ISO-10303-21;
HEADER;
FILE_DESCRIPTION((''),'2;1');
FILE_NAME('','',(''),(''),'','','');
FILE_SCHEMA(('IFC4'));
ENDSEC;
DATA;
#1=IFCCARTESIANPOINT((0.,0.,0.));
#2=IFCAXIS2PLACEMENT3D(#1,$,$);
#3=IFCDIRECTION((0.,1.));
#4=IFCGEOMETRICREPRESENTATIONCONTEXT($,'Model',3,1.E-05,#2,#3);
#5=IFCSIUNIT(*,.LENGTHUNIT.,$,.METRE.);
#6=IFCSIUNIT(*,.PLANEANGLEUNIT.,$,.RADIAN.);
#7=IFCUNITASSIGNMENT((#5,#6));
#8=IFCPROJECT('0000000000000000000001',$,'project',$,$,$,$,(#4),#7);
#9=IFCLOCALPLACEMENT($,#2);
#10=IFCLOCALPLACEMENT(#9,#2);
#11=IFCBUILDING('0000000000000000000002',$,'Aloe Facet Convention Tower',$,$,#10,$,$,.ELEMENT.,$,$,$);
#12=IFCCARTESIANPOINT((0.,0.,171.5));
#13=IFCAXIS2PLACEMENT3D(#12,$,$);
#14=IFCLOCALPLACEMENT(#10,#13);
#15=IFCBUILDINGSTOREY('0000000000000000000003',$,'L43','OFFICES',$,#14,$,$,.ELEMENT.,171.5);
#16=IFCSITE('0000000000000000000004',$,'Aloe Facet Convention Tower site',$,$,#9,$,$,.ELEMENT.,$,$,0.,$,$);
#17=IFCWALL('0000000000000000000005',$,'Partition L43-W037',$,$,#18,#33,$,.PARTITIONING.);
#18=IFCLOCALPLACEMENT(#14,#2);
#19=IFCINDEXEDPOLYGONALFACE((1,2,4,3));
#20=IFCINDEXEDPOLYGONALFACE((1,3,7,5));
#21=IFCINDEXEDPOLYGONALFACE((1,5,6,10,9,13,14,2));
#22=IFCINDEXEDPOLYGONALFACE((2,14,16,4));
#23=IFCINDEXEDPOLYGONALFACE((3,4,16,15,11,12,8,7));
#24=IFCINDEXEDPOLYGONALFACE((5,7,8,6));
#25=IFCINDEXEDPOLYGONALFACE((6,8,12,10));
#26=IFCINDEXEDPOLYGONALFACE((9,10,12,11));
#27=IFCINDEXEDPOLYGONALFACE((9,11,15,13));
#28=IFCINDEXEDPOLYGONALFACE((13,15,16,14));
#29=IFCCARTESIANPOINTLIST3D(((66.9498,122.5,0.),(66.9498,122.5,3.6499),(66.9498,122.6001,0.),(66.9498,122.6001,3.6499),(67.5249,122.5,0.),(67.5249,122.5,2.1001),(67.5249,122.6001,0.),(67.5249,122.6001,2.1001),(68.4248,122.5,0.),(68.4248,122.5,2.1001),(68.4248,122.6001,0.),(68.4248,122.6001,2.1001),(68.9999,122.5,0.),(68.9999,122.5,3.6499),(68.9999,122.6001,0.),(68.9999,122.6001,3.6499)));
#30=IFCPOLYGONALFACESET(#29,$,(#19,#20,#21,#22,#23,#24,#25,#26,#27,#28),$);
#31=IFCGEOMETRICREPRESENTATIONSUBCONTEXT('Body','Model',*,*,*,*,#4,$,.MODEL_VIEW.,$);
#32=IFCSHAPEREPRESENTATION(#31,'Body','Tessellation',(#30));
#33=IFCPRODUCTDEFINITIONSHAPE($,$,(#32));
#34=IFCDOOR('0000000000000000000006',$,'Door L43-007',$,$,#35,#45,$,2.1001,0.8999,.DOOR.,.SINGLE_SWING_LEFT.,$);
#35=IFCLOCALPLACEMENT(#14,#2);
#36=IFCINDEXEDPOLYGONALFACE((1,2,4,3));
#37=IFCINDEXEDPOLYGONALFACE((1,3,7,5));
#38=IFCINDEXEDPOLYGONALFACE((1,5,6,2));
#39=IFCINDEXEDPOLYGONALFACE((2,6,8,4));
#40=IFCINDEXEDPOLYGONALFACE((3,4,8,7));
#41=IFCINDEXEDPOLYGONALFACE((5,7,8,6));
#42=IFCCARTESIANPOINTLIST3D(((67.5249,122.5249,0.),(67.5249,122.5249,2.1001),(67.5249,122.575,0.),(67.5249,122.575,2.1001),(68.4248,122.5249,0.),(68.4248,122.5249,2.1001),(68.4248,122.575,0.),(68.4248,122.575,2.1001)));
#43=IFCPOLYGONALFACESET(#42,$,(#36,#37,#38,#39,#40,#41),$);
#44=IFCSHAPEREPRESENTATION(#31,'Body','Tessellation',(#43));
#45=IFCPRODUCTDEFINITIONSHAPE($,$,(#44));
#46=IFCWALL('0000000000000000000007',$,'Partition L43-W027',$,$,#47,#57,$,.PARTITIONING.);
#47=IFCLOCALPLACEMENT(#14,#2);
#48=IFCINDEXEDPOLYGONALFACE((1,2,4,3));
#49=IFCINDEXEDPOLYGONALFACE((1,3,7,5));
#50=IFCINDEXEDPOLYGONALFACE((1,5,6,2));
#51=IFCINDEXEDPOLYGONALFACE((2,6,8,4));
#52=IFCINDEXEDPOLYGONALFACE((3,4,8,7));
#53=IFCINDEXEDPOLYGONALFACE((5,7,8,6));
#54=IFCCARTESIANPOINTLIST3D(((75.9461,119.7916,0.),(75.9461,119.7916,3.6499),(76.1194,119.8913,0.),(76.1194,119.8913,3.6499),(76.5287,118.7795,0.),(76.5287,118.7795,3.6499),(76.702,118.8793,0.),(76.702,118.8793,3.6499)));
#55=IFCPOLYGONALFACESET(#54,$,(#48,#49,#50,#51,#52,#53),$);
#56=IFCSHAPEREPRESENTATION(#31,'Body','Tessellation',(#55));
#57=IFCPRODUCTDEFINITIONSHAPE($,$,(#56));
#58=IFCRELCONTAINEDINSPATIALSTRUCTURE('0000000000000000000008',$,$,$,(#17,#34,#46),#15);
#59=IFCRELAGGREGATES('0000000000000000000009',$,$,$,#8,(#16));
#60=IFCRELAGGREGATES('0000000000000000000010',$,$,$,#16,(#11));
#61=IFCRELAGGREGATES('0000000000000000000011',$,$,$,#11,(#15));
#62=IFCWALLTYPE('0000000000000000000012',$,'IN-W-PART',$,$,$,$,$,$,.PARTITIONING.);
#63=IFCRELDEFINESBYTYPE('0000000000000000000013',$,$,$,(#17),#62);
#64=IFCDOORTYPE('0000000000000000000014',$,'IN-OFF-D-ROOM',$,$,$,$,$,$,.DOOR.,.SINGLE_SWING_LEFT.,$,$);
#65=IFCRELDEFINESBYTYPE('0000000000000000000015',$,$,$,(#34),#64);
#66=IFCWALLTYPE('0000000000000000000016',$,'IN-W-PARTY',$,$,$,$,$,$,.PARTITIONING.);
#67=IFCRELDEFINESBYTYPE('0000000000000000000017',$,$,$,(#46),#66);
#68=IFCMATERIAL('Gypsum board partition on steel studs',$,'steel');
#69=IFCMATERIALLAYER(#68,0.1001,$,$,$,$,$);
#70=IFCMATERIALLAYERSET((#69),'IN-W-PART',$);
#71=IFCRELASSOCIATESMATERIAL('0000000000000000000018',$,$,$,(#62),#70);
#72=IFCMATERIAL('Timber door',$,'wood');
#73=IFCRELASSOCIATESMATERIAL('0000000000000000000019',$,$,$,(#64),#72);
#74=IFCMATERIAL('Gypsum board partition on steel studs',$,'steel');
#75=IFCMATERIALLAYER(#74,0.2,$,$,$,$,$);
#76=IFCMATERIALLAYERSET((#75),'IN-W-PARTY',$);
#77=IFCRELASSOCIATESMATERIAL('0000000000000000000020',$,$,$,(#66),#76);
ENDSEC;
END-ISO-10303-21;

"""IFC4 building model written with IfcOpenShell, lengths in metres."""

from ifc_helpers import new_model, si_unit, direction, frame, frame_2d, origin, place, context, subcontext, project, spatial, rectangle, extrude, material, layer, layer_set, type_object, element, fill, save


model = new_model("IFC4")

# Units and contexts
model_context = context("Model", 3, precision=1e-05, world=origin(), true_north=direction((0.0, 1.0)))
body_context = subcontext(model_context, "Body", "Model", "MODEL_VIEW")
ifc_project = project(units=[si_unit("LENGTHUNIT", "METRE"), si_unit("PLANEANGLEUNIT", "RADIAN")], contexts=[model_context])

# Site, building, storey
site_placement = place(None, origin())
site = spatial("IfcSite", under=ifc_project, at=site_placement, Name="Aloe Facet Convention Tower site", CompositionType="ELEMENT", RefElevation=0.0)
building_placement = place(site_placement, origin())
building = spatial("IfcBuilding", under=site, at=building_placement, Name="Aloe Facet Convention Tower", CompositionType="ELEMENT")
storey_placement = place(building_placement, frame((0.0, 0.0, 171.5)))
storey = spatial("IfcBuildingStorey", under=building, at=storey_placement, Name="L43", Description="OFFICES", CompositionType="ELEMENT", Elevation=171.5)

# Shared definitions
ifc_material_1 = material(Name="Gypsum board partition on steel studs", Category="steel")
ifc_layer_1 = layer(ifc_material_1, 0.1001)
ifc_layer_set_1 = layer_set([ifc_layer_1], Name="IN-W-PART")
wall_type_1 = type_object("IfcWallType", Name="IN-W-PART", PredefinedType="PARTITIONING", material=ifc_layer_set_1)
ifc_material_2 = material(Name="Timber door", Category="wood")
door_type_1 = type_object("IfcDoorType", Name="IN-OFF-D-ROOM", OperationType="SINGLE_SWING_LEFT", PredefinedType="DOOR", material=ifc_material_2)

# Wall, opening, door
wall_1_placement = place(storey_placement, frame((66.95, 122.55, 0.0), z_axis=(0.0, 0.0, 1.0), x_axis=(1.0, 0.0, 0.0)))
wall_1 = element("IfcWall", 1, at=wall_1_placement, inside=storey, type_object=wall_type_1, Name="Partition L43-W037", PredefinedType="PARTITIONING", context=body_context, shape_type="SweptSolid", body=[
    extrude(rectangle(XDim=2.05, YDim=0.1001, at=frame_2d((1.0249, 0.0))), origin(), (0.0, 0.0, 1.0), 3.6499),
])
opening_1_placement = place(wall_1_placement, frame((0.575, 0.0, 0.0)))
opening_1 = element("IfcOpeningElement", 2, at=opening_1_placement, cuts=wall_1, PredefinedType="OPENING", context=body_context, shape_type="SweptSolid", body=[
    extrude(rectangle(XDim=0.8999, YDim=2.1001, at=frame_2d((0.45, 1.05))), frame((0.0, 0.0601, 0.0), z_axis=(0.0, -1.0, 0.0), x_axis=(1.0, 0.0, 0.0)), (0.0, 0.0, 1.0), 0.1201),
])
door_1_placement = place(opening_1_placement, origin())
door_1 = element("IfcDoor", 3, at=door_1_placement, inside=storey, type_object=door_type_1, Name="Door L43-007", OperationType="SINGLE_SWING_LEFT", OverallHeight=2.1001, OverallWidth=0.8999, PredefinedType="DOOR", context=body_context, shape_type="SweptSolid", body=[
    extrude(rectangle(XDim=0.8999, YDim=2.1001, at=frame_2d((0.45, 1.05))), frame((0.0, 0.0249, 0.0), z_axis=(0.0, -1.0, 0.0), x_axis=(1.0, 0.0, 0.0)), (0.0, 0.0, 1.0), 0.05),
])
fill(opening_1, door_1)

# Wall
ifc_material_3 = material(Name="Gypsum board partition on steel studs", Category="steel")
ifc_layer_2 = layer(ifc_material_3, 0.2)
ifc_layer_set_2 = layer_set([ifc_layer_2], Name="IN-W-PARTY")
wall_type_2 = type_object("IfcWallType", Name="IN-W-PARTY", PredefinedType="PARTITIONING", material=ifc_layer_set_2)
wall_2_placement = place(storey_placement, frame((76.0327, 119.8416, 0.0), z_axis=(0.0, 0.0, 1.0), x_axis=(0.498884, -0.866669, 0.0)))
element("IfcWall", 4, at=wall_2_placement, inside=storey, type_object=wall_type_2, Name="Partition L43-W027", PredefinedType="PARTITIONING", context=body_context, shape_type="SweptSolid", body=[
    extrude(rectangle(XDim=1.1677, YDim=0.2, at=frame_2d((0.584, 0.0))), origin(), (0.0, 0.0, 1.0), 3.6499),
])

save(model, "model.ifc")
